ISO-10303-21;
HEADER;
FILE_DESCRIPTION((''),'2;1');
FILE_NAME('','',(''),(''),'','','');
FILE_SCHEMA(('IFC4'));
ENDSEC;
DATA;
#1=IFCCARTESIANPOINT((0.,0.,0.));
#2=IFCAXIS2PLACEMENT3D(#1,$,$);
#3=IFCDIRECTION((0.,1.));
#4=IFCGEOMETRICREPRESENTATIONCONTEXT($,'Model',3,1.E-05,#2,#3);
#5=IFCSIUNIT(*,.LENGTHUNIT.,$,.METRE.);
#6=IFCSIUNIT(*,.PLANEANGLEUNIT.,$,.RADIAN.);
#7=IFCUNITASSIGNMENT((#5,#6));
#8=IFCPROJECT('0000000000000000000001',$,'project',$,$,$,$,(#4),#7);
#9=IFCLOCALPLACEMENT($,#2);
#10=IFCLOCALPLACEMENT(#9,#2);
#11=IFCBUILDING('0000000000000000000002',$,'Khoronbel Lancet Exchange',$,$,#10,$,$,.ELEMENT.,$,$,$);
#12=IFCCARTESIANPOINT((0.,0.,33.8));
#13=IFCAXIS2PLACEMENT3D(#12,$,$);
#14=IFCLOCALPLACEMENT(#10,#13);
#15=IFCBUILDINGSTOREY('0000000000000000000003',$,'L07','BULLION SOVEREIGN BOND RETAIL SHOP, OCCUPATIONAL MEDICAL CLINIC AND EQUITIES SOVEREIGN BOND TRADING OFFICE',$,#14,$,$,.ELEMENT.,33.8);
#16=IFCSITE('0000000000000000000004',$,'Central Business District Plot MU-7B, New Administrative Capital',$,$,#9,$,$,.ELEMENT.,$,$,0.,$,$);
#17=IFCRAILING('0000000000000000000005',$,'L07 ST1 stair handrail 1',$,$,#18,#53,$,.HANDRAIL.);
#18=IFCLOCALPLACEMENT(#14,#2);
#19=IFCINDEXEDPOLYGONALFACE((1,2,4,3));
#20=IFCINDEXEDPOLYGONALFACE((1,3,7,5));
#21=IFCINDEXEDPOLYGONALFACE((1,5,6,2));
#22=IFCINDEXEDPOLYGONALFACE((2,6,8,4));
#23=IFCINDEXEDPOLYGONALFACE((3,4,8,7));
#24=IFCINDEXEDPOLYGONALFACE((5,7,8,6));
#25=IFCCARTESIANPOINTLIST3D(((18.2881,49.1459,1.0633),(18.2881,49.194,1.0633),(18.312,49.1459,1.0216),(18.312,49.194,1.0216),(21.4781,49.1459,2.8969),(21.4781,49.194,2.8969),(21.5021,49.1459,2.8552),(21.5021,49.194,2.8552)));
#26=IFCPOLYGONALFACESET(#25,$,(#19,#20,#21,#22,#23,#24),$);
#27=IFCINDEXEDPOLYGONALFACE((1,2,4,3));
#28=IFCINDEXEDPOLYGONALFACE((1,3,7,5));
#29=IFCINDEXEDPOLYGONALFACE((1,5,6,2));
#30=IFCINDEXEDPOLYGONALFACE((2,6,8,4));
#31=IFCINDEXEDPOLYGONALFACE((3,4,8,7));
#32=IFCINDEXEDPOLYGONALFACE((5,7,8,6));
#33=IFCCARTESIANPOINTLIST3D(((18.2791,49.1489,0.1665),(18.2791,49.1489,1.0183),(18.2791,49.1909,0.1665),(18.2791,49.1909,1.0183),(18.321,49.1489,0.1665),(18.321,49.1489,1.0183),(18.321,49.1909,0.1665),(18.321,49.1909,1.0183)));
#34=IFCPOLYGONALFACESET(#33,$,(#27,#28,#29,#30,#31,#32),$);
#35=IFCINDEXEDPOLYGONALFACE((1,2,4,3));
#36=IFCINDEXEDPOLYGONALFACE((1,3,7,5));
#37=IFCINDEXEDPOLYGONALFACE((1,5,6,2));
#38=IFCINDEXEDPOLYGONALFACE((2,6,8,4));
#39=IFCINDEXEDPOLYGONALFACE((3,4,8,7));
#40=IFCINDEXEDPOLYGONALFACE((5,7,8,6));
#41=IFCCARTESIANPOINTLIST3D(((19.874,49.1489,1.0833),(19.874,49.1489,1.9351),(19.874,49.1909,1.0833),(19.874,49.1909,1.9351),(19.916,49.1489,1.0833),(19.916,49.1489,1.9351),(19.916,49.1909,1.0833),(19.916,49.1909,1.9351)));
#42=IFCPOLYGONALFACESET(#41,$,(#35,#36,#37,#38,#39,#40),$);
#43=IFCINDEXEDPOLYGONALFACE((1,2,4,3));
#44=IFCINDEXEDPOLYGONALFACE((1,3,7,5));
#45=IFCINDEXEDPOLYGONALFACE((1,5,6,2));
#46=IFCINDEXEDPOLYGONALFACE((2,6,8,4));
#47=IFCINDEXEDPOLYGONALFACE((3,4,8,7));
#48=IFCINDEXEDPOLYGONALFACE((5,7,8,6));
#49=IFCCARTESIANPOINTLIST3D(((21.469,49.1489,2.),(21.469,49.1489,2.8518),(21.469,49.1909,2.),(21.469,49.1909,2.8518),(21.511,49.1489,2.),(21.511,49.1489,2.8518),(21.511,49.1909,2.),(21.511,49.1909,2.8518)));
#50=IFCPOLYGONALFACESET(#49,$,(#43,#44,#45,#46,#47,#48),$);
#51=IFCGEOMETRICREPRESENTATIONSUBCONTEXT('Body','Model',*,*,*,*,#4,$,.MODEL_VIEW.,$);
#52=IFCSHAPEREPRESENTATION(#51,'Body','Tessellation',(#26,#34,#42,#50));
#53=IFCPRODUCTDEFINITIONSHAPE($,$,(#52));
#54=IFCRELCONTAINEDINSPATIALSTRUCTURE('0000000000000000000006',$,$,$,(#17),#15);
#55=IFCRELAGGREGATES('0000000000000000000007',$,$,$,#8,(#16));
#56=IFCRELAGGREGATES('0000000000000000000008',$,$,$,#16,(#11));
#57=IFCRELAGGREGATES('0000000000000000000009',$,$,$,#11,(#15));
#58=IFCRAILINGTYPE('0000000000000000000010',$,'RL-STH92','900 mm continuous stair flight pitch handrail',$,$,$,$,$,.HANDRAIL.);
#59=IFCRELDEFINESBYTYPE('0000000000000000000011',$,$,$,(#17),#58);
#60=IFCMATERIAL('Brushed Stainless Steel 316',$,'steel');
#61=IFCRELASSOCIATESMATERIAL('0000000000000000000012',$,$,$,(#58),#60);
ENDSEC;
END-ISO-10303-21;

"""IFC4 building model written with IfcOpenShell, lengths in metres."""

from ifc_helpers import new_model, si_unit, direction, frame, origin, origin_2d, place, context, subcontext, project, spatial, rectangle, extrude, material, type_object, element, save


model = new_model("IFC4")

# Units and contexts
model_context = context("Model", 3, precision=1e-05, world=origin(), true_north=direction((0.0, 1.0)))
body_context = subcontext(model_context, "Body", "Model", "MODEL_VIEW")
ifc_project = project(units=[si_unit("LENGTHUNIT", "METRE"), si_unit("PLANEANGLEUNIT", "RADIAN")], contexts=[model_context])

# Site, building, storey
site_placement = place(None, origin())
site = spatial("IfcSite", under=ifc_project, at=site_placement, Name="Central Business District Plot MU-7B, New Administrative Capital", CompositionType="ELEMENT", RefElevation=0.0)
building_placement = place(site_placement, origin())
building = spatial("IfcBuilding", under=site, at=building_placement, Name="Khoronbel Lancet Exchange", CompositionType="ELEMENT")
storey_placement = place(building_placement, frame((0.0, 0.0, 33.8)))
storey = spatial("IfcBuildingStorey", under=building, at=storey_placement, Name="L07", Description="BULLION SOVEREIGN BOND RETAIL SHOP, OCCUPATIONAL MEDICAL CLINIC AND EQUITIES SOVEREIGN BOND TRADING OFFICE", CompositionType="ELEMENT", Elevation=33.8)

# Railing
ifc_material_1 = material(Name="Brushed Stainless Steel 316", Category="steel")
railing_type_1 = type_object("IfcRailingType", Name="RL-STH92", Description="900 mm continuous stair flight pitch handrail", PredefinedType="HANDRAIL", material=ifc_material_1)
railing_1_placement = place(storey_placement, frame((18.3, 49.1699, 0.1665)))
element("IfcRailing", 1, at=railing_1_placement, inside=storey, type_object=railing_type_1, Name="L07 ST1 stair handrail 1", PredefinedType="HANDRAIL", context=body_context, shape_type="SweptSolid", body=[
    extrude(rectangle(XDim=0.0481, YDim=0.0481, at=origin_2d()), frame((0.0, 0.0, 0.876), z_axis=(0.866991, 0.0, 0.498324), x_axis=(0.0, 1.0, 0.0)), (0.0, 0.0, 1.0), 3.6794),
    extrude(rectangle(XDim=0.042, YDim=0.042, at=origin_2d()), origin(), (0.0, 0.0, 1.0), 0.8518),
    extrude(rectangle(XDim=0.042, YDim=0.042, at=origin_2d()), frame((1.595, 0.0, 0.9167)), (0.0, 0.0, 1.0), 0.8518),
    extrude(rectangle(XDim=0.042, YDim=0.042, at=origin_2d()), frame((3.1899, 0.0, 1.8335)), (0.0, 0.0, 1.0), 0.8518),
])

save(model, "model.ifc")
